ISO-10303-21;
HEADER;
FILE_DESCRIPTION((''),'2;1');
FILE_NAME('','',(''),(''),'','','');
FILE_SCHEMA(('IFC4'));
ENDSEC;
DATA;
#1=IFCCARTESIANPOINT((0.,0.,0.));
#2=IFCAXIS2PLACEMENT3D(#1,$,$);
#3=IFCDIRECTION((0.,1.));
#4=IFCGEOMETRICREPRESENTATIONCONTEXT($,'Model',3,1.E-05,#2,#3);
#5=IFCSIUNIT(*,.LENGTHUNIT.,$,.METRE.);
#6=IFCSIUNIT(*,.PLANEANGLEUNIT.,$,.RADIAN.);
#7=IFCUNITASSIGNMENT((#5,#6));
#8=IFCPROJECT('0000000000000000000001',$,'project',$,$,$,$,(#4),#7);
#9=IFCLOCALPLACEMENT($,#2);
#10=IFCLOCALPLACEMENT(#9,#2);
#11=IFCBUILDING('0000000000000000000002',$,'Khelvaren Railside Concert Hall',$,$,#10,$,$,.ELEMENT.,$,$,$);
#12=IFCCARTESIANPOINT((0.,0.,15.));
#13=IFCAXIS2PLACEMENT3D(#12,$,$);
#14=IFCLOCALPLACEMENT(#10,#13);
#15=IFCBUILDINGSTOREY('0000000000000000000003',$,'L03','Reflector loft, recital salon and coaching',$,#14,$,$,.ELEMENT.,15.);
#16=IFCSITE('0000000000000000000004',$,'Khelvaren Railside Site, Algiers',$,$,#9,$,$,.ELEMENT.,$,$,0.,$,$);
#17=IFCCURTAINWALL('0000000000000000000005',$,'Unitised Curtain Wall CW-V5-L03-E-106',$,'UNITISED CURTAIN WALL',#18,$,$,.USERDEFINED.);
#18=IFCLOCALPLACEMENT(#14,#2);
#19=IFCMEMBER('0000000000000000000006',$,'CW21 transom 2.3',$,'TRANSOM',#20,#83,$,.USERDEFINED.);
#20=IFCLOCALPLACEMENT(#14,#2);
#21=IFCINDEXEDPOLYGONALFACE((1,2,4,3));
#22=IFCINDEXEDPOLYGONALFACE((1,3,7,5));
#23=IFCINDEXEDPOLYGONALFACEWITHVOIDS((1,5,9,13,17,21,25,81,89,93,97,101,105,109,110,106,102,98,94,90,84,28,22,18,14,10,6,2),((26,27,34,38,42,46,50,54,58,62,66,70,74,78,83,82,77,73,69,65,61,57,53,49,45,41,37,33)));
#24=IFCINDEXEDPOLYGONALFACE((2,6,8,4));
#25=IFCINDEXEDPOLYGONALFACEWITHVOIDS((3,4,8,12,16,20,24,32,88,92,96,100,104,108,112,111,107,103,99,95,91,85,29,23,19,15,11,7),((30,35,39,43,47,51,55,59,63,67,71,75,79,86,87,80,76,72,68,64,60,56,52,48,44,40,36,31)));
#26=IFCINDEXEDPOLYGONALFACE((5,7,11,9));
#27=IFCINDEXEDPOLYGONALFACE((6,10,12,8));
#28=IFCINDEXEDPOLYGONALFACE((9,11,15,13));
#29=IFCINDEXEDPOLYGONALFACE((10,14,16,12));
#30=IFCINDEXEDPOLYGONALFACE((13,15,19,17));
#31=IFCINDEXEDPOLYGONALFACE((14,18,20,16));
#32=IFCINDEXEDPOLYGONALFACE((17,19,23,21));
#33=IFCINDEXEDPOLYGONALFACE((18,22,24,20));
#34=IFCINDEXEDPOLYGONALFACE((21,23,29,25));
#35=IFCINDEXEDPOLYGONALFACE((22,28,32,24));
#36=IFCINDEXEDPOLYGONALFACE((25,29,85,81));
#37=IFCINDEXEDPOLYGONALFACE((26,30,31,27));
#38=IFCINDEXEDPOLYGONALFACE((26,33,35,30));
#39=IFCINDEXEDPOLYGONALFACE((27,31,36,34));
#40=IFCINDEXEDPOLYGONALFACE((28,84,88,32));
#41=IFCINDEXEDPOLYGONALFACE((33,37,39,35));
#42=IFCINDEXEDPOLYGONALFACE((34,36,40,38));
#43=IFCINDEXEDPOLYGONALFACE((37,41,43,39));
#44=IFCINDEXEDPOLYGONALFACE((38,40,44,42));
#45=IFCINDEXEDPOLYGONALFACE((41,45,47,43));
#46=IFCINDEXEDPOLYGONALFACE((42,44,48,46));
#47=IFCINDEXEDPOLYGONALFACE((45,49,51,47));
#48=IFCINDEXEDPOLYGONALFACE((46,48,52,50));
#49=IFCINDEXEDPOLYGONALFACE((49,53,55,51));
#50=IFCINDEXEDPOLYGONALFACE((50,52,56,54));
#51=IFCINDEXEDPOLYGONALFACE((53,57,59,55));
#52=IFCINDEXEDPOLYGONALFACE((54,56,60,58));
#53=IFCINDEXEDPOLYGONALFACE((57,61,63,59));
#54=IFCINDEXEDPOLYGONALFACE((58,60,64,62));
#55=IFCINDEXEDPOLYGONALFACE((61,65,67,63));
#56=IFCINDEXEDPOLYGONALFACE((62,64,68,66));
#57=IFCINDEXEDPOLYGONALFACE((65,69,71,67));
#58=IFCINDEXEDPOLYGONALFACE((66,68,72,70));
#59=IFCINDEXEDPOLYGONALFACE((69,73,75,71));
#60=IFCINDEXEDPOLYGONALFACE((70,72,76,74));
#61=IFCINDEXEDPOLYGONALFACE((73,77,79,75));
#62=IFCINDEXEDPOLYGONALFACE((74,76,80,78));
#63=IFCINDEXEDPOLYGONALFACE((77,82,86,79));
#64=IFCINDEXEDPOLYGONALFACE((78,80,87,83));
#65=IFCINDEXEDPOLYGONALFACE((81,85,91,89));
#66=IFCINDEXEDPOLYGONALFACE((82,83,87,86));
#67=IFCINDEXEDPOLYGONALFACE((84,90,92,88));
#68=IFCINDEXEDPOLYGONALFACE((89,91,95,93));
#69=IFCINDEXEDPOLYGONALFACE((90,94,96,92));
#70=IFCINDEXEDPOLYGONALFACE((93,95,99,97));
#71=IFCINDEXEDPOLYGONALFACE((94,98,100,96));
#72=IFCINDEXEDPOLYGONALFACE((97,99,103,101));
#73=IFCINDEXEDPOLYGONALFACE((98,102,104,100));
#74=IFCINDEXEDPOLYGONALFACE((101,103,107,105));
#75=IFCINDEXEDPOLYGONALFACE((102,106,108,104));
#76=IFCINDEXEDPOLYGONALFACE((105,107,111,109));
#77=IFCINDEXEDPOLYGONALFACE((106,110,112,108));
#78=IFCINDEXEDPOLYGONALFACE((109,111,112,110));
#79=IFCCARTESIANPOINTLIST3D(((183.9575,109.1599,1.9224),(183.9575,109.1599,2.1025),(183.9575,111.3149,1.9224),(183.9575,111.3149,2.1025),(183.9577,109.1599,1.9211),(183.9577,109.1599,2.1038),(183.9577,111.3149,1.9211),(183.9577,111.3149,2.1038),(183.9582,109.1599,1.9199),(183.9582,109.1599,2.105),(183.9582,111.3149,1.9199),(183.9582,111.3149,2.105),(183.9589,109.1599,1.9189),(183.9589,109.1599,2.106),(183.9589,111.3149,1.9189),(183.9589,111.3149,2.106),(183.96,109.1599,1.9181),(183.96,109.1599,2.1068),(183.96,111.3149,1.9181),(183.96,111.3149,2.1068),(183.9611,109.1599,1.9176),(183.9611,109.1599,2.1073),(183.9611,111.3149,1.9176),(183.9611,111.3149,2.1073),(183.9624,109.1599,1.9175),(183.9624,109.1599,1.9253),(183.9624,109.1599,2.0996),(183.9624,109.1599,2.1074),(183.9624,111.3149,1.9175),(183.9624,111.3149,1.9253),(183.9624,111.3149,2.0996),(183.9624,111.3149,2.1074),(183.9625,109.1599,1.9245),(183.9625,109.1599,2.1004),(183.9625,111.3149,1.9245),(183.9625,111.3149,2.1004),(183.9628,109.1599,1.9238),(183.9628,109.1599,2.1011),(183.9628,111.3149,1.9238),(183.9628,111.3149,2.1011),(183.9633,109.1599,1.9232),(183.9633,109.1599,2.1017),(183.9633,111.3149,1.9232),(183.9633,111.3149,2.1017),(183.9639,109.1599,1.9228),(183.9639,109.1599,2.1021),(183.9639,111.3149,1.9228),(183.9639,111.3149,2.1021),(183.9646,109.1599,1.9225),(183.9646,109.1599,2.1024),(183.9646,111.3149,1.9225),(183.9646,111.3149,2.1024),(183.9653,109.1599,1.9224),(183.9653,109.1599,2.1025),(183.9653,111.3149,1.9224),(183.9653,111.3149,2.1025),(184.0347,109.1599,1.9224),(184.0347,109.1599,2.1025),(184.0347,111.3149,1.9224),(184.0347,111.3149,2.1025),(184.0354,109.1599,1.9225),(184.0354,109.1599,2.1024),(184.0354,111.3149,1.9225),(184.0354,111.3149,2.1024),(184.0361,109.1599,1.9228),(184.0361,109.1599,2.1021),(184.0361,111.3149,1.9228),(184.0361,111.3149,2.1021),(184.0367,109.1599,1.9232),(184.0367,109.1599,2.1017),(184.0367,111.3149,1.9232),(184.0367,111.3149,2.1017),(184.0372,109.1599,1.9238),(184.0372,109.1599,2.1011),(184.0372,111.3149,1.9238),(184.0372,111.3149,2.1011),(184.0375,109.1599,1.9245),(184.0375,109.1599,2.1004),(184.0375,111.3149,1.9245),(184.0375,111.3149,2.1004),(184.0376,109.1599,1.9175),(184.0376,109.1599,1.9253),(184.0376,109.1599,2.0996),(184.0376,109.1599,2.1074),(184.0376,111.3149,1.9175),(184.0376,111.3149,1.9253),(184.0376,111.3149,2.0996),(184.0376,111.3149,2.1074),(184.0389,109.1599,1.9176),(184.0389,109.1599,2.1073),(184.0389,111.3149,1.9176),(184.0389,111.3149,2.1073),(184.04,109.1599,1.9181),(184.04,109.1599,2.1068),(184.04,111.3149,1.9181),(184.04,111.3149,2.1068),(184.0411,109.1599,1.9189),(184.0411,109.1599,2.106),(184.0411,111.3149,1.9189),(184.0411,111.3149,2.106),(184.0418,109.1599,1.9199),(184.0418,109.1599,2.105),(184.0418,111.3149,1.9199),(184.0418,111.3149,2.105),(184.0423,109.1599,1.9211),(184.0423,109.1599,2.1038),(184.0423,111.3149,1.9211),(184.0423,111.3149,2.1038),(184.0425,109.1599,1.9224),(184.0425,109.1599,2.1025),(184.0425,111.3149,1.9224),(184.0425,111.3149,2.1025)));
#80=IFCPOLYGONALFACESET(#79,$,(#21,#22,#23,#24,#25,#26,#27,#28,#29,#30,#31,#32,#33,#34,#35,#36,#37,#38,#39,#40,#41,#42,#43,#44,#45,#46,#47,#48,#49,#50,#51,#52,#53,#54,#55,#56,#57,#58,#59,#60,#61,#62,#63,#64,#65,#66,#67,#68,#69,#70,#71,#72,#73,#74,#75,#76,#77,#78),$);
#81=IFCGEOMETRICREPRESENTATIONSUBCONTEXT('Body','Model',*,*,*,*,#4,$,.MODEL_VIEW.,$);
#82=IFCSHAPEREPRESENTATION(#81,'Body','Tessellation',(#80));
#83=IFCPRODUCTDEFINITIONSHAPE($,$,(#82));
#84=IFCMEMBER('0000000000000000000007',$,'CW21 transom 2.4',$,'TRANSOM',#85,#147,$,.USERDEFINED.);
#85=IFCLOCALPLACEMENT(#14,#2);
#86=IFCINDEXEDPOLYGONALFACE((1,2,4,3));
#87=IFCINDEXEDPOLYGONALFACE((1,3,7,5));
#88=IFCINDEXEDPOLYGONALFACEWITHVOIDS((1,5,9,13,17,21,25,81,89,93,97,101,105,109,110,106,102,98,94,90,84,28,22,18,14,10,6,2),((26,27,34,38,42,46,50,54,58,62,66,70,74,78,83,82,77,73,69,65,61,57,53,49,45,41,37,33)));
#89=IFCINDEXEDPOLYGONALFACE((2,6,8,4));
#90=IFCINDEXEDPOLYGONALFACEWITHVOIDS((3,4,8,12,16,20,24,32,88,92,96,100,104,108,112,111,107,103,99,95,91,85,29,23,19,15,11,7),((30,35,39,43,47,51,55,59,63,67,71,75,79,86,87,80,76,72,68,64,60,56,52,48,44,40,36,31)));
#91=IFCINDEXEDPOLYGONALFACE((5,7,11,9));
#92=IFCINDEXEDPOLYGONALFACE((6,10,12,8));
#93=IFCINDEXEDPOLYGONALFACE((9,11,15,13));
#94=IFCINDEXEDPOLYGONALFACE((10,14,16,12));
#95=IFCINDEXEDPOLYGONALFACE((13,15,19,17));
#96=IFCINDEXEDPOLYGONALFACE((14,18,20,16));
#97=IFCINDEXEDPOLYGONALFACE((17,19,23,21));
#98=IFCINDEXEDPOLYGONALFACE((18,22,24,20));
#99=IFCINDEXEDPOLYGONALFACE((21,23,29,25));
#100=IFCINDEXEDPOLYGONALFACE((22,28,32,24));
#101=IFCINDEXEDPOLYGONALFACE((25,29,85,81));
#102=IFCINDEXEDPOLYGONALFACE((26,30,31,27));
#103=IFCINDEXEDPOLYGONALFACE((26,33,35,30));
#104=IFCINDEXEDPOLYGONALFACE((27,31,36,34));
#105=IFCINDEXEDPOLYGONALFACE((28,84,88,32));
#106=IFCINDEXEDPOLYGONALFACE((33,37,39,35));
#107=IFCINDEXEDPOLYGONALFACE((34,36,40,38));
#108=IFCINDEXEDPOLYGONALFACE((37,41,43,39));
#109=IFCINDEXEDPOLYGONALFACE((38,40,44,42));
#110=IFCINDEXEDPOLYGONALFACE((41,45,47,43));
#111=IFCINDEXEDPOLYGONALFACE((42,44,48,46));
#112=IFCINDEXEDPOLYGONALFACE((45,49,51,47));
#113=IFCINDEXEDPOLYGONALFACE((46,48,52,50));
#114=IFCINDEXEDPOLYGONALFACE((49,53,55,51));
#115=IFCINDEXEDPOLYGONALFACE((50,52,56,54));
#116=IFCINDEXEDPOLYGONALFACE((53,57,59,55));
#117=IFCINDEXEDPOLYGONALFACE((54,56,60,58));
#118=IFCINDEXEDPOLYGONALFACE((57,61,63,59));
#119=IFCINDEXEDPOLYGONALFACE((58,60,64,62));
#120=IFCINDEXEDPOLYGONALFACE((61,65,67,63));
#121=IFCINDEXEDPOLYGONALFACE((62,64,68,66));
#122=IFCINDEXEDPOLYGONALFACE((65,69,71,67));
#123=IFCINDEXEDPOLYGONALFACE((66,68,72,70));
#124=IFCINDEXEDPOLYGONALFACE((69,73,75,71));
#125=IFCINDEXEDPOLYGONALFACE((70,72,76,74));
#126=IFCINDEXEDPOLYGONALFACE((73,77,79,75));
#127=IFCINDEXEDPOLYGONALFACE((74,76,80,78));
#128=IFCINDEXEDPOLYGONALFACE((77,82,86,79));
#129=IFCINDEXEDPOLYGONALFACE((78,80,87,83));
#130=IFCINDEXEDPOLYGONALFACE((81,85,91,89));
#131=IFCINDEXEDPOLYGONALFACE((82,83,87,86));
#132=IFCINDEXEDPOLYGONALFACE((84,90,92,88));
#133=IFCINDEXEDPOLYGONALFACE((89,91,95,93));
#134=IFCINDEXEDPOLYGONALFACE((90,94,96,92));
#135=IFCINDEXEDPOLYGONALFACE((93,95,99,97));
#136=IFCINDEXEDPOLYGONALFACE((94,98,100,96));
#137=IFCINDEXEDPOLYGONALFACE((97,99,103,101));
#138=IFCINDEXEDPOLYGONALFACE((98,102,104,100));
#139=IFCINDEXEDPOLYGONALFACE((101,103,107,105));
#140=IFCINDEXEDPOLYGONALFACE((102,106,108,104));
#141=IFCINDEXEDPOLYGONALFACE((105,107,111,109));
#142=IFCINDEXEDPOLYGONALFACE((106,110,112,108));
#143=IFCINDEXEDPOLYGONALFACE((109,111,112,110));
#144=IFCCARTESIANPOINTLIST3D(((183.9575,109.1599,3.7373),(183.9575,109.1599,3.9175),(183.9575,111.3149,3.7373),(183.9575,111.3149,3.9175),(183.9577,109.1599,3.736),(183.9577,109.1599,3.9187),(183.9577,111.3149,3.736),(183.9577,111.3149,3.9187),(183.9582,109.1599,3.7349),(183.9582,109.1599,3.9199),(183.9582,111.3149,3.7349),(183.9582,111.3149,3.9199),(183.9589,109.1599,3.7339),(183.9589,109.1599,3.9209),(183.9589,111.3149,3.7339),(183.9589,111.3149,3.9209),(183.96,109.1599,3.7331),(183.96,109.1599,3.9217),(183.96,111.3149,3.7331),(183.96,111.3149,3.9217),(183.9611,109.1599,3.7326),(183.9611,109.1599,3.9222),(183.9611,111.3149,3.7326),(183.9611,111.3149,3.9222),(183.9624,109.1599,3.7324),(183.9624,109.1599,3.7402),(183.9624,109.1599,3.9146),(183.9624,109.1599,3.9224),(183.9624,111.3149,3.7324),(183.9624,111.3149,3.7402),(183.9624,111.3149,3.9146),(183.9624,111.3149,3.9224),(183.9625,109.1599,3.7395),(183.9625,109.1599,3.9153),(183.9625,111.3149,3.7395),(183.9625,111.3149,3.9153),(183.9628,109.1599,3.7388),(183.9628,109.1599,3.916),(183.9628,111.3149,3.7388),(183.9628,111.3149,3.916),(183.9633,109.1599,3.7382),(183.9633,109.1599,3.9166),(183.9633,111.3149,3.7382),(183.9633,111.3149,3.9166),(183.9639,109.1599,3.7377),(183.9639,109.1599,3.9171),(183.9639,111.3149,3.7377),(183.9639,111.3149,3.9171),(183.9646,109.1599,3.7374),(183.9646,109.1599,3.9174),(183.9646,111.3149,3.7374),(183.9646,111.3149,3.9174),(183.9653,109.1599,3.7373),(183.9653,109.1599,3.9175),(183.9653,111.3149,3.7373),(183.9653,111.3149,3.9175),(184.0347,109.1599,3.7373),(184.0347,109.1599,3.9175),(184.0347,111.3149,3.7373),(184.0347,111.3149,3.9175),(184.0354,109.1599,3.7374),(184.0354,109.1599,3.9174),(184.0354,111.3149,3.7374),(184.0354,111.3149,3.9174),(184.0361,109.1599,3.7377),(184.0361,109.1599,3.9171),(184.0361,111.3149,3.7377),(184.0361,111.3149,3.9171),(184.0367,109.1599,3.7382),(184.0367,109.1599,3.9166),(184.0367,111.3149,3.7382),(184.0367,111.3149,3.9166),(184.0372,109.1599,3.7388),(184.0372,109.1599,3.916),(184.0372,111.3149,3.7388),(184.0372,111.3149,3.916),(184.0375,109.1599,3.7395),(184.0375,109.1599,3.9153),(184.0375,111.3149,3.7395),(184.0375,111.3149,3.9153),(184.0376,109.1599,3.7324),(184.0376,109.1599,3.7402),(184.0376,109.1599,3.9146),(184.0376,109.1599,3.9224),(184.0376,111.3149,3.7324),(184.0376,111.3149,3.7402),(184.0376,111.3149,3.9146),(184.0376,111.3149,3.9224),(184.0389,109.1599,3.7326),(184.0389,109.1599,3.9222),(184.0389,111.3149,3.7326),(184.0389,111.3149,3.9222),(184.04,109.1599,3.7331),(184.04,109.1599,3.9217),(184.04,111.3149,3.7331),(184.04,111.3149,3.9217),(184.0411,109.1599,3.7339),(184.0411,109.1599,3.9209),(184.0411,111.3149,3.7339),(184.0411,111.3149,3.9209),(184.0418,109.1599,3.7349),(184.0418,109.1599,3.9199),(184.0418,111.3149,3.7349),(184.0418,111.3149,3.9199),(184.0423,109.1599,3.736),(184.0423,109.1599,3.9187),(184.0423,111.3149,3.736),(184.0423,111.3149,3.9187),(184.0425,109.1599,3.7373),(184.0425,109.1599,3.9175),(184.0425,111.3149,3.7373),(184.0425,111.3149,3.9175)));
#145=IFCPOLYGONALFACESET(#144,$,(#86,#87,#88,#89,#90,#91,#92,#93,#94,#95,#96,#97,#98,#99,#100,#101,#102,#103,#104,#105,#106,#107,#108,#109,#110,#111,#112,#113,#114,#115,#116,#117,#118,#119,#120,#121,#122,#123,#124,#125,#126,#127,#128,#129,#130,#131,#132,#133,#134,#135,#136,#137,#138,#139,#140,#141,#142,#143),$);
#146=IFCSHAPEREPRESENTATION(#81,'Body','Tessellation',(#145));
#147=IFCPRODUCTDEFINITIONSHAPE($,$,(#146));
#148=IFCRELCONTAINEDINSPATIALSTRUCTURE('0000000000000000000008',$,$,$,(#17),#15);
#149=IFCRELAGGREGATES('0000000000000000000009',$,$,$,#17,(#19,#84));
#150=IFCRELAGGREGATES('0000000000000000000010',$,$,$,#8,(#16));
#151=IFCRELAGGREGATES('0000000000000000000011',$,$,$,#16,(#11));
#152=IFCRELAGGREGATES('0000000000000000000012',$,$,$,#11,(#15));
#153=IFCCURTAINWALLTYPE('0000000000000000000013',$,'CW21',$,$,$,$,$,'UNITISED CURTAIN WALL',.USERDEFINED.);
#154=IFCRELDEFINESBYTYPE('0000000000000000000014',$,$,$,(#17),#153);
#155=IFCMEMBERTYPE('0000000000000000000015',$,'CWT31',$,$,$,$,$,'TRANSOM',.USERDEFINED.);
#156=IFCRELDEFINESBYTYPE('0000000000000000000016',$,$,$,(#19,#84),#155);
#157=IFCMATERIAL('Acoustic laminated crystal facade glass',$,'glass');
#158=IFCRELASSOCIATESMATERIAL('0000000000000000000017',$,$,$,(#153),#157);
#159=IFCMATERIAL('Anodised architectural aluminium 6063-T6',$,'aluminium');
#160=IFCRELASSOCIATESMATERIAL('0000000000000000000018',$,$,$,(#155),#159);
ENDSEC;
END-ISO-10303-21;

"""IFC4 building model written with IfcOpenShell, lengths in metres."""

from ifc_helpers import new_model, si_unit, direction, frame, origin, origin_2d, place, context, subcontext, project, spatial, hollow_rectangle, extrude, material, material_profile, profile_set, type_object, element, aggregate, save


model = new_model("IFC4")

# Units and contexts
model_context = context("Model", 3, precision=1e-05, world=origin(), true_north=direction((0.0, 1.0)))
body_context = subcontext(model_context, "Body", "Model", "MODEL_VIEW")
ifc_project = project(units=[si_unit("LENGTHUNIT", "METRE"), si_unit("PLANEANGLEUNIT", "RADIAN")], contexts=[model_context])

# Site, building, storey
site_placement = place(None, origin())
site = spatial("IfcSite", under=ifc_project, at=site_placement, Name="Khelvaren Railside Site, Algiers", CompositionType="ELEMENT", RefElevation=0.0)
building_placement = place(site_placement, origin())
building = spatial("IfcBuilding", under=site, at=building_placement, Name="Khelvaren Railside Concert Hall", CompositionType="ELEMENT")
storey_placement = place(building_placement, frame((0.0, 0.0, 15.0)))
storey = spatial("IfcBuildingStorey", under=building, at=storey_placement, Name="L03", Description="Reflector loft, recital salon and coaching", CompositionType="ELEMENT", Elevation=15.0)

# Curtain wall, members
ifc_material_1 = material(Name="Acoustic laminated crystal facade glass", Category="glass")
curtain_wall_type = type_object("IfcCurtainWallType", Name="CW21", ElementType="UNITISED CURTAIN WALL", PredefinedType="USERDEFINED", material=ifc_material_1)
curtain_wall_placement = place(storey_placement, origin())
curtain_wall = element("IfcCurtainWall", 1, at=curtain_wall_placement, inside=storey, type_object=curtain_wall_type, Name="Unitised Curtain Wall CW-V5-L03-E-106", ObjectType="UNITISED CURTAIN WALL", PredefinedType="USERDEFINED")
ifc_material_2 = material(Name="Anodised architectural aluminium 6063-T6", Category="aluminium")
ifc_material_profile_1 = material_profile(ifc_material_2, hollow_rectangle(XDim=0.085, YDim=0.1899, WallThickness=0.0049, InnerFilletRadius=0.0029, OuterFilletRadius=0.0049, at=origin_2d()), Name="CWT 85x190x5")
ifc_profile_set_1 = profile_set([ifc_material_profile_1], Name="Anodised architectural aluminium 6063-T6")
member_type_1 = type_object("IfcMemberType", Name="CWT31", ElementType="TRANSOM", PredefinedType="USERDEFINED", material=ifc_profile_set_1)
member_1_placement = place(storey_placement, frame((184.0, 111.3149, 2.0125), z_axis=(0.0, -1.0, 0.0), x_axis=(1.0, 0.0, 0.0)))
member_1 = element("IfcMember", 2, at=member_1_placement, type_object=member_type_1, Name="CW21 transom 2.3", ObjectType="TRANSOM", PredefinedType="USERDEFINED", context=body_context, shape_type="SweptSolid", body=[
    extrude(hollow_rectangle(XDim=0.085, YDim=0.1899, WallThickness=0.0049, InnerFilletRadius=0.0029, OuterFilletRadius=0.0049, at=origin_2d()), origin(), (0.0, 0.0, 1.0), 2.155),
])
member_2_placement = place(storey_placement, frame((184.0, 111.3149, 3.8274), z_axis=(0.0, -1.0, 0.0), x_axis=(1.0, 0.0, 0.0)))
member_2 = element("IfcMember", 3, at=member_2_placement, type_object=member_type_1, Name="CW21 transom 2.4", ObjectType="TRANSOM", PredefinedType="USERDEFINED", context=body_context, shape_type="SweptSolid", body=[
    extrude(hollow_rectangle(XDim=0.085, YDim=0.1899, WallThickness=0.0049, InnerFilletRadius=0.0029, OuterFilletRadius=0.0049, at=origin_2d()), origin(), (0.0, 0.0, 1.0), 2.155),
])

aggregate(curtain_wall, [member_1, member_2])

save(model, "model.ifc")
